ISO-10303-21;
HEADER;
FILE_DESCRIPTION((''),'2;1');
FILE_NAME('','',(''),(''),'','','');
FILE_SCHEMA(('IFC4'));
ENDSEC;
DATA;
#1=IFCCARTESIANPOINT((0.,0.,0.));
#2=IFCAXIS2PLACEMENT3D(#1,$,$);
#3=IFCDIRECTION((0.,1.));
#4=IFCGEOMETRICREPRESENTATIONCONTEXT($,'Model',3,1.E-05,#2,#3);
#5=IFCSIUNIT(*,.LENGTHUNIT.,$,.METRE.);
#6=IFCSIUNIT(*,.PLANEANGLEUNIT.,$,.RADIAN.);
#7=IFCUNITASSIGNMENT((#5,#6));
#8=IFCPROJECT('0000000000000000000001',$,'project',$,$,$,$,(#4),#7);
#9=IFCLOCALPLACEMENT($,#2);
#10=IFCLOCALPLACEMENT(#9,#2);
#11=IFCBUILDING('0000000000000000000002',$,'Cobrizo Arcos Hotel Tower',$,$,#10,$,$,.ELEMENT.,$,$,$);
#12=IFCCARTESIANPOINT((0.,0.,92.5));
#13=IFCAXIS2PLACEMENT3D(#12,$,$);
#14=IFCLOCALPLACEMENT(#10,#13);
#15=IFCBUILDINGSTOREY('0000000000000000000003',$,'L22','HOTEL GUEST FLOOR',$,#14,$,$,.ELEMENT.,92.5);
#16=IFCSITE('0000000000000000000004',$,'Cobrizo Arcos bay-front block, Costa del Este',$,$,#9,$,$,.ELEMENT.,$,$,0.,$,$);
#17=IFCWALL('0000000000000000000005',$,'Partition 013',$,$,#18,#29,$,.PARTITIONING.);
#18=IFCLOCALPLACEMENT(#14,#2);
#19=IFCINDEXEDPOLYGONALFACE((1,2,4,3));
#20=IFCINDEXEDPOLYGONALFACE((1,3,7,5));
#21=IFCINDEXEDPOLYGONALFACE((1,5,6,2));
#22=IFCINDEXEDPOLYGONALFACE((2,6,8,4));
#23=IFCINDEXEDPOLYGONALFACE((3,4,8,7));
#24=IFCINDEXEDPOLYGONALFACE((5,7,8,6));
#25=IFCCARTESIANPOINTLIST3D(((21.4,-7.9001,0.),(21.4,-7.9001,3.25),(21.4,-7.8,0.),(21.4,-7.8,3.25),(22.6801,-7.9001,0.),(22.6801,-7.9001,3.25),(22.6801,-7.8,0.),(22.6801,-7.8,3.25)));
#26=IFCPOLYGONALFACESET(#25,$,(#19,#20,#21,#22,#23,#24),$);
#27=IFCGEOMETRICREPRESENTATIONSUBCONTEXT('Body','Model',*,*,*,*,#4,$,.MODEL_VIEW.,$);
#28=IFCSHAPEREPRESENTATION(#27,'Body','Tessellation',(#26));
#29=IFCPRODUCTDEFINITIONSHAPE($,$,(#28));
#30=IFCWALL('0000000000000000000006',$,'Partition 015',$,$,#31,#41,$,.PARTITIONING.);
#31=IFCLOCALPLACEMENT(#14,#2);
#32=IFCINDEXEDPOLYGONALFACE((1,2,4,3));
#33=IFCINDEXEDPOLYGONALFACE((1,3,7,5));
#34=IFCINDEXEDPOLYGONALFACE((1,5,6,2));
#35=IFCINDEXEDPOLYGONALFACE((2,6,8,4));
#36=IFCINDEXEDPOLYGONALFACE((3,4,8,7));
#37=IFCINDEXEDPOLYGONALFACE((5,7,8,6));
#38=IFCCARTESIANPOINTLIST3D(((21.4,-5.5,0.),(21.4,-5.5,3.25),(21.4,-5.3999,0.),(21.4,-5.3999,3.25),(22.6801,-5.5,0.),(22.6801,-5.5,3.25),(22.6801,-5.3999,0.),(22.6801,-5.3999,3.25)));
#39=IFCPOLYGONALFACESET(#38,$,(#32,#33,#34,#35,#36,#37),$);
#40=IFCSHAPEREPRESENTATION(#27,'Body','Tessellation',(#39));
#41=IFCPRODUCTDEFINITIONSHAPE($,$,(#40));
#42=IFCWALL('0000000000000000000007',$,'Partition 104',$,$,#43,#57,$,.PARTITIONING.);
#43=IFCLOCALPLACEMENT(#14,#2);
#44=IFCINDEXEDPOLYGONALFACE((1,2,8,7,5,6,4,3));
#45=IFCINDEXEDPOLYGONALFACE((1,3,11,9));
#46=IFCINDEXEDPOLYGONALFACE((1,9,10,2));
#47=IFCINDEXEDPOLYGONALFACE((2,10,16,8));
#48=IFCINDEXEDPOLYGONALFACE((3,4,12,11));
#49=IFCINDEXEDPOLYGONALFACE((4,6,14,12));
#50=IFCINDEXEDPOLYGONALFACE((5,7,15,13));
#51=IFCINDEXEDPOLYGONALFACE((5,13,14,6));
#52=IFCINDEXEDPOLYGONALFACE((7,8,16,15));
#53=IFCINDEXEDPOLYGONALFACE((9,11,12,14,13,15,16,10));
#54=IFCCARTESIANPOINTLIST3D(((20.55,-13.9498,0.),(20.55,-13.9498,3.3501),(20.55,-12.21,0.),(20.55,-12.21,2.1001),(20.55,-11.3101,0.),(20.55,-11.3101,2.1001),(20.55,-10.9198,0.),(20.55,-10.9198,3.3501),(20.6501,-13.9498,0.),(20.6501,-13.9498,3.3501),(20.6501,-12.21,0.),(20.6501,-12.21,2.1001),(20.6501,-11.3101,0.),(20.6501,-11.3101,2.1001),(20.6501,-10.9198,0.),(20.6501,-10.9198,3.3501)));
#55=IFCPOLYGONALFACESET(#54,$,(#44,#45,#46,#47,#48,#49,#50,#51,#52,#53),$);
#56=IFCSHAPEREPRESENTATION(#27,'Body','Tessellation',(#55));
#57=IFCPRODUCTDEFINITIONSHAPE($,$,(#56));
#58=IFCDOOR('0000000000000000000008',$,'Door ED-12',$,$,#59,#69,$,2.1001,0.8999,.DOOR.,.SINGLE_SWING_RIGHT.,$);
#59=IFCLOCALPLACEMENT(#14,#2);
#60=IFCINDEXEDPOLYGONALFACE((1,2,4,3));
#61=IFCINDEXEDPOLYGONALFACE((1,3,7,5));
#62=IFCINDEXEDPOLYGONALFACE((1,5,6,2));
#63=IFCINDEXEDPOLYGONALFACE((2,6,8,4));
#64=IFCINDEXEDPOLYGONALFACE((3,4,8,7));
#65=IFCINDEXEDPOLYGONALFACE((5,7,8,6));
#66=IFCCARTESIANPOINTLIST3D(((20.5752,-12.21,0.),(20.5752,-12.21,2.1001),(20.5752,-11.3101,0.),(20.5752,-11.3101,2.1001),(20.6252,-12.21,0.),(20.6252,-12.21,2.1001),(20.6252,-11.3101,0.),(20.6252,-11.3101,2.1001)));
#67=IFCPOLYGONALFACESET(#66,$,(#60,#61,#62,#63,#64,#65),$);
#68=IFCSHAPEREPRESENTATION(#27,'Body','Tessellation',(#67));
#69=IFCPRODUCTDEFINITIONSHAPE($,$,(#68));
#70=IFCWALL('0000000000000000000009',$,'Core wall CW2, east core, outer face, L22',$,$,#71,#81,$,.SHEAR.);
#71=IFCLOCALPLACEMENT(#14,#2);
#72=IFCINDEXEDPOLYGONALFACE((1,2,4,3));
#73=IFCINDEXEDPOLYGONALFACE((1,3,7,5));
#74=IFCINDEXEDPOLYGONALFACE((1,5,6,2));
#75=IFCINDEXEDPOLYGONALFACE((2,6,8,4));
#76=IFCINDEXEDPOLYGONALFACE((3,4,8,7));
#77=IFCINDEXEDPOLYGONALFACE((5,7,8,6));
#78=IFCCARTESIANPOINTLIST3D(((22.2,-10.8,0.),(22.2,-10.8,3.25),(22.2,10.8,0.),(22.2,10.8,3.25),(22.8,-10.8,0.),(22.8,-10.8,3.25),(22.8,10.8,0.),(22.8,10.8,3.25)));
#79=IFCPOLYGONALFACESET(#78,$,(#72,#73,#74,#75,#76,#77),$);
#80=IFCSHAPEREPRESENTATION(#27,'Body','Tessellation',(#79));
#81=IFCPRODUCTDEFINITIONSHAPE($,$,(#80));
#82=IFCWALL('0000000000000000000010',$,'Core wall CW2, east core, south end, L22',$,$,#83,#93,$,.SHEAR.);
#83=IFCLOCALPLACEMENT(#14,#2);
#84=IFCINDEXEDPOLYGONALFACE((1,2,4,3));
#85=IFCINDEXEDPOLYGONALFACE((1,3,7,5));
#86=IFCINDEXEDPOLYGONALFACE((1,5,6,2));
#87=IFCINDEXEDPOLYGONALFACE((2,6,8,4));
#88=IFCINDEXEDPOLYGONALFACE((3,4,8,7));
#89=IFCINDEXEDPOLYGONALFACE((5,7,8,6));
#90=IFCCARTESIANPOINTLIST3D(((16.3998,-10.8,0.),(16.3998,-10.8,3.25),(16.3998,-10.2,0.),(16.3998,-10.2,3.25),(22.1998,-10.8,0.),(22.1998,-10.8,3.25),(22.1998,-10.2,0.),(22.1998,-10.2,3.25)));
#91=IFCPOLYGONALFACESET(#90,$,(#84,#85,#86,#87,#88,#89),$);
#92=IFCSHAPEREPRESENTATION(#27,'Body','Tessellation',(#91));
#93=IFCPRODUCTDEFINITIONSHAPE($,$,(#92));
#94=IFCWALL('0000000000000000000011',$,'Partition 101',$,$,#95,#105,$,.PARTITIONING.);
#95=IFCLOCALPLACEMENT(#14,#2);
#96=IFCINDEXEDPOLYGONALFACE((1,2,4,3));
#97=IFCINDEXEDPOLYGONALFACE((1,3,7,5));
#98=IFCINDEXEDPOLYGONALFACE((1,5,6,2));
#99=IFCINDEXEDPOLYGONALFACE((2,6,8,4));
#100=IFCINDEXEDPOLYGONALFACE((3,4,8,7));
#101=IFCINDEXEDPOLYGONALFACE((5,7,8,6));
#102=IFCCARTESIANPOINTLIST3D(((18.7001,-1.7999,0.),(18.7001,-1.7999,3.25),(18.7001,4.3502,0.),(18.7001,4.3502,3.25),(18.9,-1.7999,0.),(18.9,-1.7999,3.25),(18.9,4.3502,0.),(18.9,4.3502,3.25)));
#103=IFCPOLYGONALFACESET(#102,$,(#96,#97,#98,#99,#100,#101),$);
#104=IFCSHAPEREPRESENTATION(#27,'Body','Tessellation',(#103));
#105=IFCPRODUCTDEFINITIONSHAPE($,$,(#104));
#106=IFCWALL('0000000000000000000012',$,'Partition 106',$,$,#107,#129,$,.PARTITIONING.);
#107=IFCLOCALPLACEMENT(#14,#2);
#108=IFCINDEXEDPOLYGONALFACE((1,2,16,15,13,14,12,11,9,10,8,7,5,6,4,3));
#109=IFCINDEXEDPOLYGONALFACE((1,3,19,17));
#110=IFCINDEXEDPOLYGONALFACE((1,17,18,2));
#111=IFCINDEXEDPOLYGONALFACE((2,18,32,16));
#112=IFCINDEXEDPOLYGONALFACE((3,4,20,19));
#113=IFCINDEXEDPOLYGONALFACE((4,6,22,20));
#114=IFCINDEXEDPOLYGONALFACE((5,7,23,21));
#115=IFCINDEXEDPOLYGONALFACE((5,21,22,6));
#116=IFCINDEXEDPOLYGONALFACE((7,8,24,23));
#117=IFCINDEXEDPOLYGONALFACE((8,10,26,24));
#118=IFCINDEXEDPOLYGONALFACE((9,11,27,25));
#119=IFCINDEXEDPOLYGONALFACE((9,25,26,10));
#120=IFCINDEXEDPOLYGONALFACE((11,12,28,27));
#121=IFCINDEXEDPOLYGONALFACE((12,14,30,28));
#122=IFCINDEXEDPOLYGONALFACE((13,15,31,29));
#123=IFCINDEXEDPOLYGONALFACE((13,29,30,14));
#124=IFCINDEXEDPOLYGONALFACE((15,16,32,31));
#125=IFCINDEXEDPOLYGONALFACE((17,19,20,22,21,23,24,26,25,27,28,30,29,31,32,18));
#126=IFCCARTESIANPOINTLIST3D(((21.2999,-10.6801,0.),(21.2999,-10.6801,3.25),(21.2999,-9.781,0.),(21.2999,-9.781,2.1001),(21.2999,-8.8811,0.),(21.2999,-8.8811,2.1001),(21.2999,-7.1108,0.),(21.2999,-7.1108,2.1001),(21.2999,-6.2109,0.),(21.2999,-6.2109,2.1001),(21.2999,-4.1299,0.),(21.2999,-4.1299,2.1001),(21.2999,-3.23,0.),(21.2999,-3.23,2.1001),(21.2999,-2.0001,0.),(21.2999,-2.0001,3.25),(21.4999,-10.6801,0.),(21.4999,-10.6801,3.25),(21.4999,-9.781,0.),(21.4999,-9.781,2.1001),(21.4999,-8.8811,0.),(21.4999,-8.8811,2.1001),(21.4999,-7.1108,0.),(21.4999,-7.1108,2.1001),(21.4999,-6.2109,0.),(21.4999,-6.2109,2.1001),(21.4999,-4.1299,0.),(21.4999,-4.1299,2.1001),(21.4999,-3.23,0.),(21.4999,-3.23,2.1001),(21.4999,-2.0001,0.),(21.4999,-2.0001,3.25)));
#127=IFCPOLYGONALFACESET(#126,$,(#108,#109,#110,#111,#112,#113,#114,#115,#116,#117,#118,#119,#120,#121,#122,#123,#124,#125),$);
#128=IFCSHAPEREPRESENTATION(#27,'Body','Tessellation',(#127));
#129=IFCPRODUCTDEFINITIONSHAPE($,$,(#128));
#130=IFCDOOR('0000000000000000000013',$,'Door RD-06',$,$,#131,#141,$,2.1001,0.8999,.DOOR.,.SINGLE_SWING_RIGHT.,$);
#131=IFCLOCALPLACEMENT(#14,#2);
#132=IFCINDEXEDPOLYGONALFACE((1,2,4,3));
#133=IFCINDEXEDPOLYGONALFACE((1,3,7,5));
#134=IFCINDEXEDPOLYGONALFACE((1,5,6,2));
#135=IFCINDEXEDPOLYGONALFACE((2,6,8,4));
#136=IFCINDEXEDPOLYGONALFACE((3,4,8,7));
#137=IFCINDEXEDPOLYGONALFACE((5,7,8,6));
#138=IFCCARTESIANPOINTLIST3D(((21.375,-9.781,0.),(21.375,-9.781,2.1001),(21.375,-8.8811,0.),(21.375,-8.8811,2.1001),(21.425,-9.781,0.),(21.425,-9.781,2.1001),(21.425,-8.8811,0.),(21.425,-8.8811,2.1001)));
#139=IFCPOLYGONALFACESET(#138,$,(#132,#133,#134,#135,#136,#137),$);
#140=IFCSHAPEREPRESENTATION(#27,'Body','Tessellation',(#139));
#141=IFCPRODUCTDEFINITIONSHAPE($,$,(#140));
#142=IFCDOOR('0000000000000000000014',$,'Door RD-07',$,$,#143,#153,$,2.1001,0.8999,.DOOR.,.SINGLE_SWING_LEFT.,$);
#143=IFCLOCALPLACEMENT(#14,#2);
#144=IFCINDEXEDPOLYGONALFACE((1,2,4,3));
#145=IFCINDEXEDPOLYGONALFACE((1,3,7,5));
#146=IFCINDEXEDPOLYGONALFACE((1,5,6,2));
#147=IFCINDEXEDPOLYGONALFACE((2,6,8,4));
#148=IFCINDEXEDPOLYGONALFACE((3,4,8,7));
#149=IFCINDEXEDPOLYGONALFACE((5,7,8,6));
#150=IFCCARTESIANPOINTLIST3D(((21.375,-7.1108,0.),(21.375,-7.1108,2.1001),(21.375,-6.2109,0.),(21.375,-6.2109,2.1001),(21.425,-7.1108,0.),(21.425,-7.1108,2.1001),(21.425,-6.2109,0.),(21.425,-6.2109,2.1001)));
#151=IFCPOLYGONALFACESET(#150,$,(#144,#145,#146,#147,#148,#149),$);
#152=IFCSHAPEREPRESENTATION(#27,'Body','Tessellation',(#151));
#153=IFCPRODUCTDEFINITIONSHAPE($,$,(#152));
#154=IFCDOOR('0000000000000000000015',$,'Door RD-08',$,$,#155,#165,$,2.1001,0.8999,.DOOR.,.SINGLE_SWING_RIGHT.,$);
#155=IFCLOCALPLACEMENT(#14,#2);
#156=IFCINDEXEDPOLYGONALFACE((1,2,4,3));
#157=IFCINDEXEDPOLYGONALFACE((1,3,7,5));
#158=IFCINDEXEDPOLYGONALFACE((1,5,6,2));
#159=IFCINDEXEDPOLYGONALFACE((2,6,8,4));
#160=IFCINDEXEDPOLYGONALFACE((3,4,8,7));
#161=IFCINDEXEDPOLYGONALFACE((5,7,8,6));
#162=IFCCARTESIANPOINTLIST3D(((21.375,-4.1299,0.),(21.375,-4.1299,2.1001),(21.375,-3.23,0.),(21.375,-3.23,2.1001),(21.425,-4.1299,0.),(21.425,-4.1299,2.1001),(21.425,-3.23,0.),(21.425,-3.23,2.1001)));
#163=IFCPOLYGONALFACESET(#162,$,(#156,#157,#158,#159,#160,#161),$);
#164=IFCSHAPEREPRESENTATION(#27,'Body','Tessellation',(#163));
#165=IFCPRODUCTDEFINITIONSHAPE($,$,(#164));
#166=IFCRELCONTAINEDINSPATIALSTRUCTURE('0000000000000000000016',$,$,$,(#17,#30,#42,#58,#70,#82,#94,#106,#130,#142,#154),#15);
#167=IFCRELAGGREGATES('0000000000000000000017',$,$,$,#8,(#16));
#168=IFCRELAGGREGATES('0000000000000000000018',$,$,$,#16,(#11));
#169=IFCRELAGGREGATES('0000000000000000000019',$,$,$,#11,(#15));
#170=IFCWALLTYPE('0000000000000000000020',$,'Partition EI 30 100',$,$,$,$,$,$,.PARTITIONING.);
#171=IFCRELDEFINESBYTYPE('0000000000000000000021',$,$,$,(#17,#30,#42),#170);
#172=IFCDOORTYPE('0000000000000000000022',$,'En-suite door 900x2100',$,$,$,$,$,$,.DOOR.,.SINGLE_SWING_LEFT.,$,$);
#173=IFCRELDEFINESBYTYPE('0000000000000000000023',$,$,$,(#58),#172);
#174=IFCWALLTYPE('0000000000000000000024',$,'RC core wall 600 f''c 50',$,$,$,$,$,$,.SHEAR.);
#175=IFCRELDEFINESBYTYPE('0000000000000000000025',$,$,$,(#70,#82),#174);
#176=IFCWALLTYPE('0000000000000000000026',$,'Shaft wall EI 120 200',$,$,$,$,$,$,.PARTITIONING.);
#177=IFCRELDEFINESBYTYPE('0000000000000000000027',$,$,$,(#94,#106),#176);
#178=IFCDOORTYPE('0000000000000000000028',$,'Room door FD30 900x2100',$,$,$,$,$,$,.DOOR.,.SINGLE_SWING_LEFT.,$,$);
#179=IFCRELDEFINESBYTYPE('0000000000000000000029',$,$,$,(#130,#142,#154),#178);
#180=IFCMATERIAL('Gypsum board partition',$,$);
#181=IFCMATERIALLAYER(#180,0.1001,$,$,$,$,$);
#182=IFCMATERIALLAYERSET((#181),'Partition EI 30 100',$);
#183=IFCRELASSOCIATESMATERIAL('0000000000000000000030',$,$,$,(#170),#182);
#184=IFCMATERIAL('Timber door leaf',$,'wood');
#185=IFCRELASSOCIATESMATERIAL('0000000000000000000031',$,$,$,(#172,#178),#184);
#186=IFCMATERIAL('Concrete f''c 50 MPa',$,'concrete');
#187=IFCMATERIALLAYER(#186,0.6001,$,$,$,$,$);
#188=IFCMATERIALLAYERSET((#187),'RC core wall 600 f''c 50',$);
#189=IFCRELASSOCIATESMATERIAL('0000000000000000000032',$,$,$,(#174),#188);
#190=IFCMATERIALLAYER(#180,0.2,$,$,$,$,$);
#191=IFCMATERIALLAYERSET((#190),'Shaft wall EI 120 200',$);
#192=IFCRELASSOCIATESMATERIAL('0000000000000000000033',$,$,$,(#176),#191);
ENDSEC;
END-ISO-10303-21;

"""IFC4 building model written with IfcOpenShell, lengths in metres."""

from ifc_helpers import new_model, si_unit, direction, frame, frame_2d, origin, place, context, subcontext, project, spatial, rectangle, extrude, material, layer, layer_set, type_object, element, fill, save


model = new_model("IFC4")

# Units and contexts
model_context = context("Model", 3, precision=1e-05, world=origin(), true_north=direction((0.0, 1.0)))
body_context = subcontext(model_context, "Body", "Model", "MODEL_VIEW")
ifc_project = project(units=[si_unit("LENGTHUNIT", "METRE"), si_unit("PLANEANGLEUNIT", "RADIAN")], contexts=[model_context])

# Site, building, storey
site_placement = place(None, origin())
site = spatial("IfcSite", under=ifc_project, at=site_placement, Name="Cobrizo Arcos bay-front block, Costa del Este", CompositionType="ELEMENT", RefElevation=0.0)
building_placement = place(site_placement, origin())
building = spatial("IfcBuilding", under=site, at=building_placement, Name="Cobrizo Arcos Hotel Tower", CompositionType="ELEMENT")
storey_placement = place(building_placement, frame((0.0, 0.0, 92.5)))
storey = spatial("IfcBuildingStorey", under=building, at=storey_placement, Name="L22", Description="HOTEL GUEST FLOOR", CompositionType="ELEMENT", Elevation=92.5)

# Walls
ifc_material_1 = material(Name="Gypsum board partition")
ifc_layer_1 = layer(ifc_material_1, 0.1001)
ifc_layer_set_1 = layer_set([ifc_layer_1], Name="Partition EI 30 100")
wall_type_1 = type_object("IfcWallType", Name="Partition EI 30 100", PredefinedType="PARTITIONING", material=ifc_layer_set_1)
for number, where, z_axis, x_axis, name in (
    (1, (21.3999, -7.8501, 0.0), (0.0, 0.0, 1.0), (1.0, 0.0, 0.0), "Partition 013"),
    (2, (21.3999, -5.45, 0.0), (0.0, 0.0, 1.0), (1.0, 0.0, 0.0), "Partition 015"),
):
    element("IfcWall", number, at=place(storey_placement, frame(where, z_axis=z_axis, x_axis=x_axis)), inside=storey, type_object=wall_type_1, Name=name, PredefinedType="PARTITIONING", context=body_context, shape_type="SweptSolid", body=[
        extrude(rectangle(XDim=1.28, YDim=0.1001, at=frame_2d((0.6401, 0.0))), origin(), (0.0, 0.0, 1.0), 3.25),
    ])

# Wall, opening, door
wall_1_placement = place(storey_placement, frame((20.6001, -13.95, 0.0), z_axis=(0.0, 0.0, 1.0), x_axis=(0.0, 1.0, 0.0)))
wall_1 = element("IfcWall", 3, at=wall_1_placement, inside=storey, type_object=wall_type_1, Name="Partition 104", PredefinedType="PARTITIONING", context=body_context, shape_type="SweptSolid", body=[
    extrude(rectangle(XDim=3.03, YDim=0.1001, at=frame_2d((1.5151, 0.0))), origin(), (0.0, 0.0, 1.0), 3.3501),
])
opening_1_placement = place(wall_1_placement, frame((1.74, 0.0, 0.0)))
opening_1 = element("IfcOpeningElement", 4, at=opening_1_placement, cuts=wall_1, PredefinedType="OPENING", context=body_context, shape_type="SweptSolid", body=[
    extrude(rectangle(XDim=0.8999, YDim=2.1001, at=frame_2d((0.45, 1.05))), frame((0.0, 0.062, 0.0), z_axis=(0.0, -1.0, 0.0), x_axis=(1.0, 0.0, 0.0)), (0.0, 0.0, 1.0), 0.124),
])
ifc_material_2 = material(Name="Timber door leaf", Category="wood")
door_type_1 = type_object("IfcDoorType", Name="En-suite door 900x2100", OperationType="SINGLE_SWING_LEFT", PredefinedType="DOOR", material=ifc_material_2)
door_1_placement = place(opening_1_placement, origin())
door_1 = element("IfcDoor", 5, at=door_1_placement, inside=storey, type_object=door_type_1, Name="Door ED-12", OperationType="SINGLE_SWING_RIGHT", OverallHeight=2.1001, OverallWidth=0.8999, PredefinedType="DOOR", context=body_context, shape_type="SweptSolid", body=[
    extrude(rectangle(XDim=0.8999, YDim=2.1001, at=frame_2d((0.45, 1.05))), frame((0.0, 0.0249, 0.0), z_axis=(0.0, -1.0, 0.0), x_axis=(1.0, 0.0, 0.0)), (0.0, 0.0, 1.0), 0.05),
])
fill(opening_1, door_1)

# Walls
ifc_material_3 = material(Name="Concrete f'c 50 MPa", Category="concrete")
ifc_layer_2 = layer(ifc_material_3, 0.6001)
ifc_layer_set_2 = layer_set([ifc_layer_2], Name="RC core wall 600 f'c 50")
wall_type_2 = type_object("IfcWallType", Name="RC core wall 600 f'c 50", PredefinedType="SHEAR", material=ifc_layer_set_2)
wall_2_placement = place(storey_placement, frame((22.5, -10.8, 0.0), z_axis=(0.0, 0.0, 1.0), x_axis=(0.0, 1.0, 0.0)))
element("IfcWall", 6, at=wall_2_placement, inside=storey, type_object=wall_type_2, Name="Core wall CW2, east core, outer face, L22", PredefinedType="SHEAR", context=body_context, shape_type="SweptSolid", body=[
    extrude(rectangle(XDim=21.6001, YDim=0.6001, at=frame_2d((10.8, 0.0))), origin(), (0.0, 0.0, 1.0), 3.25),
])
wall_3_placement = place(storey_placement, frame((16.3999, -10.5, 0.0), z_axis=(0.0, 0.0, 1.0), x_axis=(1.0, 0.0, 0.0)))
element("IfcWall", 7, at=wall_3_placement, inside=storey, type_object=wall_type_2, Name="Core wall CW2, east core, south end, L22", PredefinedType="SHEAR", context=body_context, shape_type="SweptSolid", body=[
    extrude(rectangle(XDim=5.8, YDim=0.6001, at=frame_2d((2.8999, 0.0))), origin(), (0.0, 0.0, 1.0), 3.25),
])
ifc_layer_3 = layer(ifc_material_1, 0.2)
ifc_layer_set_3 = layer_set([ifc_layer_3], Name="Shaft wall EI 120 200")
wall_type_3 = type_object("IfcWallType", Name="Shaft wall EI 120 200", PredefinedType="PARTITIONING", material=ifc_layer_set_3)
wall_4_placement = place(storey_placement, frame((18.8, -1.8, 0.0), z_axis=(0.0, 0.0, 1.0), x_axis=(0.0, 1.0, 0.0)))
element("IfcWall", 8, at=wall_4_placement, inside=storey, type_object=wall_type_3, Name="Partition 101", PredefinedType="PARTITIONING", context=body_context, shape_type="SweptSolid", body=[
    extrude(rectangle(XDim=6.1501, YDim=0.2, at=frame_2d((3.0752, 0.0))), origin(), (0.0, 0.0, 1.0), 3.25),
])

# Wall, openings, doors
wall_5_placement = place(storey_placement, frame((21.3999, -10.6799, 0.0), z_axis=(0.0, 0.0, 1.0), x_axis=(0.0, 1.0, 0.0)))
wall_5 = element("IfcWall", 9, at=wall_5_placement, inside=storey, type_object=wall_type_3, Name="Partition 106", PredefinedType="PARTITIONING", context=body_context, shape_type="SweptSolid", body=[
    extrude(rectangle(XDim=8.6799, YDim=0.2, at=frame_2d((4.3398, 0.0))), origin(), (0.0, 0.0, 1.0), 3.25),
])
opening_2_placement = place(wall_5_placement, frame((0.8989, 0.0, 0.0)))
opening_2 = element("IfcOpeningElement", 10, at=opening_2_placement, cuts=wall_5, PredefinedType="OPENING", context=body_context, shape_type="SweptSolid", body=[
    extrude(rectangle(XDim=0.8999, YDim=2.1001, at=frame_2d((0.45, 1.05))), frame((0.0, 0.1121, 0.0), z_axis=(0.0, -1.0, 0.0), x_axis=(1.0, 0.0, 0.0)), (0.0, 0.0, 1.0), 0.2239),
])
opening_3_placement = place(wall_5_placement, frame((3.5691, 0.0, 0.0)))
opening_3 = element("IfcOpeningElement", 11, at=opening_3_placement, cuts=wall_5, PredefinedType="OPENING", context=body_context, shape_type="SweptSolid", body=[
    extrude(rectangle(XDim=0.8999, YDim=2.1001, at=frame_2d((0.45, 1.05))), frame((0.0, 0.1121, 0.0), z_axis=(0.0, -1.0, 0.0), x_axis=(1.0, 0.0, 0.0)), (0.0, 0.0, 1.0), 0.2239),
])
opening_4_placement = place(wall_5_placement, frame((6.55, 0.0, 0.0)))
opening_4 = element("IfcOpeningElement", 12, at=opening_4_placement, cuts=wall_5, PredefinedType="OPENING", context=body_context, shape_type="SweptSolid", body=[
    extrude(rectangle(XDim=0.8999, YDim=2.1001, at=frame_2d((0.45, 1.05))), frame((0.0, 0.1121, 0.0), z_axis=(0.0, -1.0, 0.0), x_axis=(1.0, 0.0, 0.0)), (0.0, 0.0, 1.0), 0.2239),
])
door_type_2 = type_object("IfcDoorType", Name="Room door FD30 900x2100", OperationType="SINGLE_SWING_LEFT", PredefinedType="DOOR", material=ifc_material_2)
door_2_placement = place(opening_2_placement, origin())
door_2 = element("IfcDoor", 13, at=door_2_placement, inside=storey, type_object=door_type_2, Name="Door RD-06", OperationType="SINGLE_SWING_RIGHT", OverallHeight=2.1001, OverallWidth=0.8999, PredefinedType="DOOR", context=body_context, shape_type="SweptSolid", body=[
    extrude(rectangle(XDim=0.8999, YDim=2.1001, at=frame_2d((0.45, 1.05))), frame((0.0, 0.0249, 0.0), z_axis=(0.0, -1.0, 0.0), x_axis=(1.0, 0.0, 0.0)), (0.0, 0.0, 1.0), 0.05),
])
fill(opening_2, door_2)
door_3_placement = place(opening_3_placement, origin())
door_3 = element("IfcDoor", 14, at=door_3_placement, inside=storey, type_object=door_type_2, Name="Door RD-07", OperationType="SINGLE_SWING_LEFT", OverallHeight=2.1001, OverallWidth=0.8999, PredefinedType="DOOR", context=body_context, shape_type="SweptSolid", body=[
    extrude(rectangle(XDim=0.8999, YDim=2.1001, at=frame_2d((0.45, 1.05))), frame((0.0, 0.0249, 0.0), z_axis=(0.0, -1.0, 0.0), x_axis=(1.0, 0.0, 0.0)), (0.0, 0.0, 1.0), 0.05),
])
fill(opening_3, door_3)
door_4_placement = place(opening_4_placement, origin())
door_4 = element("IfcDoor", 15, at=door_4_placement, inside=storey, type_object=door_type_2, Name="Door RD-08", OperationType="SINGLE_SWING_RIGHT", OverallHeight=2.1001, OverallWidth=0.8999, PredefinedType="DOOR", context=body_context, shape_type="SweptSolid", body=[
    extrude(rectangle(XDim=0.8999, YDim=2.1001, at=frame_2d((0.45, 1.05))), frame((0.0, 0.0249, 0.0), z_axis=(0.0, -1.0, 0.0), x_axis=(1.0, 0.0, 0.0)), (0.0, 0.0, 1.0), 0.05),
])
fill(opening_4, door_4)

save(model, "model.ifc")
